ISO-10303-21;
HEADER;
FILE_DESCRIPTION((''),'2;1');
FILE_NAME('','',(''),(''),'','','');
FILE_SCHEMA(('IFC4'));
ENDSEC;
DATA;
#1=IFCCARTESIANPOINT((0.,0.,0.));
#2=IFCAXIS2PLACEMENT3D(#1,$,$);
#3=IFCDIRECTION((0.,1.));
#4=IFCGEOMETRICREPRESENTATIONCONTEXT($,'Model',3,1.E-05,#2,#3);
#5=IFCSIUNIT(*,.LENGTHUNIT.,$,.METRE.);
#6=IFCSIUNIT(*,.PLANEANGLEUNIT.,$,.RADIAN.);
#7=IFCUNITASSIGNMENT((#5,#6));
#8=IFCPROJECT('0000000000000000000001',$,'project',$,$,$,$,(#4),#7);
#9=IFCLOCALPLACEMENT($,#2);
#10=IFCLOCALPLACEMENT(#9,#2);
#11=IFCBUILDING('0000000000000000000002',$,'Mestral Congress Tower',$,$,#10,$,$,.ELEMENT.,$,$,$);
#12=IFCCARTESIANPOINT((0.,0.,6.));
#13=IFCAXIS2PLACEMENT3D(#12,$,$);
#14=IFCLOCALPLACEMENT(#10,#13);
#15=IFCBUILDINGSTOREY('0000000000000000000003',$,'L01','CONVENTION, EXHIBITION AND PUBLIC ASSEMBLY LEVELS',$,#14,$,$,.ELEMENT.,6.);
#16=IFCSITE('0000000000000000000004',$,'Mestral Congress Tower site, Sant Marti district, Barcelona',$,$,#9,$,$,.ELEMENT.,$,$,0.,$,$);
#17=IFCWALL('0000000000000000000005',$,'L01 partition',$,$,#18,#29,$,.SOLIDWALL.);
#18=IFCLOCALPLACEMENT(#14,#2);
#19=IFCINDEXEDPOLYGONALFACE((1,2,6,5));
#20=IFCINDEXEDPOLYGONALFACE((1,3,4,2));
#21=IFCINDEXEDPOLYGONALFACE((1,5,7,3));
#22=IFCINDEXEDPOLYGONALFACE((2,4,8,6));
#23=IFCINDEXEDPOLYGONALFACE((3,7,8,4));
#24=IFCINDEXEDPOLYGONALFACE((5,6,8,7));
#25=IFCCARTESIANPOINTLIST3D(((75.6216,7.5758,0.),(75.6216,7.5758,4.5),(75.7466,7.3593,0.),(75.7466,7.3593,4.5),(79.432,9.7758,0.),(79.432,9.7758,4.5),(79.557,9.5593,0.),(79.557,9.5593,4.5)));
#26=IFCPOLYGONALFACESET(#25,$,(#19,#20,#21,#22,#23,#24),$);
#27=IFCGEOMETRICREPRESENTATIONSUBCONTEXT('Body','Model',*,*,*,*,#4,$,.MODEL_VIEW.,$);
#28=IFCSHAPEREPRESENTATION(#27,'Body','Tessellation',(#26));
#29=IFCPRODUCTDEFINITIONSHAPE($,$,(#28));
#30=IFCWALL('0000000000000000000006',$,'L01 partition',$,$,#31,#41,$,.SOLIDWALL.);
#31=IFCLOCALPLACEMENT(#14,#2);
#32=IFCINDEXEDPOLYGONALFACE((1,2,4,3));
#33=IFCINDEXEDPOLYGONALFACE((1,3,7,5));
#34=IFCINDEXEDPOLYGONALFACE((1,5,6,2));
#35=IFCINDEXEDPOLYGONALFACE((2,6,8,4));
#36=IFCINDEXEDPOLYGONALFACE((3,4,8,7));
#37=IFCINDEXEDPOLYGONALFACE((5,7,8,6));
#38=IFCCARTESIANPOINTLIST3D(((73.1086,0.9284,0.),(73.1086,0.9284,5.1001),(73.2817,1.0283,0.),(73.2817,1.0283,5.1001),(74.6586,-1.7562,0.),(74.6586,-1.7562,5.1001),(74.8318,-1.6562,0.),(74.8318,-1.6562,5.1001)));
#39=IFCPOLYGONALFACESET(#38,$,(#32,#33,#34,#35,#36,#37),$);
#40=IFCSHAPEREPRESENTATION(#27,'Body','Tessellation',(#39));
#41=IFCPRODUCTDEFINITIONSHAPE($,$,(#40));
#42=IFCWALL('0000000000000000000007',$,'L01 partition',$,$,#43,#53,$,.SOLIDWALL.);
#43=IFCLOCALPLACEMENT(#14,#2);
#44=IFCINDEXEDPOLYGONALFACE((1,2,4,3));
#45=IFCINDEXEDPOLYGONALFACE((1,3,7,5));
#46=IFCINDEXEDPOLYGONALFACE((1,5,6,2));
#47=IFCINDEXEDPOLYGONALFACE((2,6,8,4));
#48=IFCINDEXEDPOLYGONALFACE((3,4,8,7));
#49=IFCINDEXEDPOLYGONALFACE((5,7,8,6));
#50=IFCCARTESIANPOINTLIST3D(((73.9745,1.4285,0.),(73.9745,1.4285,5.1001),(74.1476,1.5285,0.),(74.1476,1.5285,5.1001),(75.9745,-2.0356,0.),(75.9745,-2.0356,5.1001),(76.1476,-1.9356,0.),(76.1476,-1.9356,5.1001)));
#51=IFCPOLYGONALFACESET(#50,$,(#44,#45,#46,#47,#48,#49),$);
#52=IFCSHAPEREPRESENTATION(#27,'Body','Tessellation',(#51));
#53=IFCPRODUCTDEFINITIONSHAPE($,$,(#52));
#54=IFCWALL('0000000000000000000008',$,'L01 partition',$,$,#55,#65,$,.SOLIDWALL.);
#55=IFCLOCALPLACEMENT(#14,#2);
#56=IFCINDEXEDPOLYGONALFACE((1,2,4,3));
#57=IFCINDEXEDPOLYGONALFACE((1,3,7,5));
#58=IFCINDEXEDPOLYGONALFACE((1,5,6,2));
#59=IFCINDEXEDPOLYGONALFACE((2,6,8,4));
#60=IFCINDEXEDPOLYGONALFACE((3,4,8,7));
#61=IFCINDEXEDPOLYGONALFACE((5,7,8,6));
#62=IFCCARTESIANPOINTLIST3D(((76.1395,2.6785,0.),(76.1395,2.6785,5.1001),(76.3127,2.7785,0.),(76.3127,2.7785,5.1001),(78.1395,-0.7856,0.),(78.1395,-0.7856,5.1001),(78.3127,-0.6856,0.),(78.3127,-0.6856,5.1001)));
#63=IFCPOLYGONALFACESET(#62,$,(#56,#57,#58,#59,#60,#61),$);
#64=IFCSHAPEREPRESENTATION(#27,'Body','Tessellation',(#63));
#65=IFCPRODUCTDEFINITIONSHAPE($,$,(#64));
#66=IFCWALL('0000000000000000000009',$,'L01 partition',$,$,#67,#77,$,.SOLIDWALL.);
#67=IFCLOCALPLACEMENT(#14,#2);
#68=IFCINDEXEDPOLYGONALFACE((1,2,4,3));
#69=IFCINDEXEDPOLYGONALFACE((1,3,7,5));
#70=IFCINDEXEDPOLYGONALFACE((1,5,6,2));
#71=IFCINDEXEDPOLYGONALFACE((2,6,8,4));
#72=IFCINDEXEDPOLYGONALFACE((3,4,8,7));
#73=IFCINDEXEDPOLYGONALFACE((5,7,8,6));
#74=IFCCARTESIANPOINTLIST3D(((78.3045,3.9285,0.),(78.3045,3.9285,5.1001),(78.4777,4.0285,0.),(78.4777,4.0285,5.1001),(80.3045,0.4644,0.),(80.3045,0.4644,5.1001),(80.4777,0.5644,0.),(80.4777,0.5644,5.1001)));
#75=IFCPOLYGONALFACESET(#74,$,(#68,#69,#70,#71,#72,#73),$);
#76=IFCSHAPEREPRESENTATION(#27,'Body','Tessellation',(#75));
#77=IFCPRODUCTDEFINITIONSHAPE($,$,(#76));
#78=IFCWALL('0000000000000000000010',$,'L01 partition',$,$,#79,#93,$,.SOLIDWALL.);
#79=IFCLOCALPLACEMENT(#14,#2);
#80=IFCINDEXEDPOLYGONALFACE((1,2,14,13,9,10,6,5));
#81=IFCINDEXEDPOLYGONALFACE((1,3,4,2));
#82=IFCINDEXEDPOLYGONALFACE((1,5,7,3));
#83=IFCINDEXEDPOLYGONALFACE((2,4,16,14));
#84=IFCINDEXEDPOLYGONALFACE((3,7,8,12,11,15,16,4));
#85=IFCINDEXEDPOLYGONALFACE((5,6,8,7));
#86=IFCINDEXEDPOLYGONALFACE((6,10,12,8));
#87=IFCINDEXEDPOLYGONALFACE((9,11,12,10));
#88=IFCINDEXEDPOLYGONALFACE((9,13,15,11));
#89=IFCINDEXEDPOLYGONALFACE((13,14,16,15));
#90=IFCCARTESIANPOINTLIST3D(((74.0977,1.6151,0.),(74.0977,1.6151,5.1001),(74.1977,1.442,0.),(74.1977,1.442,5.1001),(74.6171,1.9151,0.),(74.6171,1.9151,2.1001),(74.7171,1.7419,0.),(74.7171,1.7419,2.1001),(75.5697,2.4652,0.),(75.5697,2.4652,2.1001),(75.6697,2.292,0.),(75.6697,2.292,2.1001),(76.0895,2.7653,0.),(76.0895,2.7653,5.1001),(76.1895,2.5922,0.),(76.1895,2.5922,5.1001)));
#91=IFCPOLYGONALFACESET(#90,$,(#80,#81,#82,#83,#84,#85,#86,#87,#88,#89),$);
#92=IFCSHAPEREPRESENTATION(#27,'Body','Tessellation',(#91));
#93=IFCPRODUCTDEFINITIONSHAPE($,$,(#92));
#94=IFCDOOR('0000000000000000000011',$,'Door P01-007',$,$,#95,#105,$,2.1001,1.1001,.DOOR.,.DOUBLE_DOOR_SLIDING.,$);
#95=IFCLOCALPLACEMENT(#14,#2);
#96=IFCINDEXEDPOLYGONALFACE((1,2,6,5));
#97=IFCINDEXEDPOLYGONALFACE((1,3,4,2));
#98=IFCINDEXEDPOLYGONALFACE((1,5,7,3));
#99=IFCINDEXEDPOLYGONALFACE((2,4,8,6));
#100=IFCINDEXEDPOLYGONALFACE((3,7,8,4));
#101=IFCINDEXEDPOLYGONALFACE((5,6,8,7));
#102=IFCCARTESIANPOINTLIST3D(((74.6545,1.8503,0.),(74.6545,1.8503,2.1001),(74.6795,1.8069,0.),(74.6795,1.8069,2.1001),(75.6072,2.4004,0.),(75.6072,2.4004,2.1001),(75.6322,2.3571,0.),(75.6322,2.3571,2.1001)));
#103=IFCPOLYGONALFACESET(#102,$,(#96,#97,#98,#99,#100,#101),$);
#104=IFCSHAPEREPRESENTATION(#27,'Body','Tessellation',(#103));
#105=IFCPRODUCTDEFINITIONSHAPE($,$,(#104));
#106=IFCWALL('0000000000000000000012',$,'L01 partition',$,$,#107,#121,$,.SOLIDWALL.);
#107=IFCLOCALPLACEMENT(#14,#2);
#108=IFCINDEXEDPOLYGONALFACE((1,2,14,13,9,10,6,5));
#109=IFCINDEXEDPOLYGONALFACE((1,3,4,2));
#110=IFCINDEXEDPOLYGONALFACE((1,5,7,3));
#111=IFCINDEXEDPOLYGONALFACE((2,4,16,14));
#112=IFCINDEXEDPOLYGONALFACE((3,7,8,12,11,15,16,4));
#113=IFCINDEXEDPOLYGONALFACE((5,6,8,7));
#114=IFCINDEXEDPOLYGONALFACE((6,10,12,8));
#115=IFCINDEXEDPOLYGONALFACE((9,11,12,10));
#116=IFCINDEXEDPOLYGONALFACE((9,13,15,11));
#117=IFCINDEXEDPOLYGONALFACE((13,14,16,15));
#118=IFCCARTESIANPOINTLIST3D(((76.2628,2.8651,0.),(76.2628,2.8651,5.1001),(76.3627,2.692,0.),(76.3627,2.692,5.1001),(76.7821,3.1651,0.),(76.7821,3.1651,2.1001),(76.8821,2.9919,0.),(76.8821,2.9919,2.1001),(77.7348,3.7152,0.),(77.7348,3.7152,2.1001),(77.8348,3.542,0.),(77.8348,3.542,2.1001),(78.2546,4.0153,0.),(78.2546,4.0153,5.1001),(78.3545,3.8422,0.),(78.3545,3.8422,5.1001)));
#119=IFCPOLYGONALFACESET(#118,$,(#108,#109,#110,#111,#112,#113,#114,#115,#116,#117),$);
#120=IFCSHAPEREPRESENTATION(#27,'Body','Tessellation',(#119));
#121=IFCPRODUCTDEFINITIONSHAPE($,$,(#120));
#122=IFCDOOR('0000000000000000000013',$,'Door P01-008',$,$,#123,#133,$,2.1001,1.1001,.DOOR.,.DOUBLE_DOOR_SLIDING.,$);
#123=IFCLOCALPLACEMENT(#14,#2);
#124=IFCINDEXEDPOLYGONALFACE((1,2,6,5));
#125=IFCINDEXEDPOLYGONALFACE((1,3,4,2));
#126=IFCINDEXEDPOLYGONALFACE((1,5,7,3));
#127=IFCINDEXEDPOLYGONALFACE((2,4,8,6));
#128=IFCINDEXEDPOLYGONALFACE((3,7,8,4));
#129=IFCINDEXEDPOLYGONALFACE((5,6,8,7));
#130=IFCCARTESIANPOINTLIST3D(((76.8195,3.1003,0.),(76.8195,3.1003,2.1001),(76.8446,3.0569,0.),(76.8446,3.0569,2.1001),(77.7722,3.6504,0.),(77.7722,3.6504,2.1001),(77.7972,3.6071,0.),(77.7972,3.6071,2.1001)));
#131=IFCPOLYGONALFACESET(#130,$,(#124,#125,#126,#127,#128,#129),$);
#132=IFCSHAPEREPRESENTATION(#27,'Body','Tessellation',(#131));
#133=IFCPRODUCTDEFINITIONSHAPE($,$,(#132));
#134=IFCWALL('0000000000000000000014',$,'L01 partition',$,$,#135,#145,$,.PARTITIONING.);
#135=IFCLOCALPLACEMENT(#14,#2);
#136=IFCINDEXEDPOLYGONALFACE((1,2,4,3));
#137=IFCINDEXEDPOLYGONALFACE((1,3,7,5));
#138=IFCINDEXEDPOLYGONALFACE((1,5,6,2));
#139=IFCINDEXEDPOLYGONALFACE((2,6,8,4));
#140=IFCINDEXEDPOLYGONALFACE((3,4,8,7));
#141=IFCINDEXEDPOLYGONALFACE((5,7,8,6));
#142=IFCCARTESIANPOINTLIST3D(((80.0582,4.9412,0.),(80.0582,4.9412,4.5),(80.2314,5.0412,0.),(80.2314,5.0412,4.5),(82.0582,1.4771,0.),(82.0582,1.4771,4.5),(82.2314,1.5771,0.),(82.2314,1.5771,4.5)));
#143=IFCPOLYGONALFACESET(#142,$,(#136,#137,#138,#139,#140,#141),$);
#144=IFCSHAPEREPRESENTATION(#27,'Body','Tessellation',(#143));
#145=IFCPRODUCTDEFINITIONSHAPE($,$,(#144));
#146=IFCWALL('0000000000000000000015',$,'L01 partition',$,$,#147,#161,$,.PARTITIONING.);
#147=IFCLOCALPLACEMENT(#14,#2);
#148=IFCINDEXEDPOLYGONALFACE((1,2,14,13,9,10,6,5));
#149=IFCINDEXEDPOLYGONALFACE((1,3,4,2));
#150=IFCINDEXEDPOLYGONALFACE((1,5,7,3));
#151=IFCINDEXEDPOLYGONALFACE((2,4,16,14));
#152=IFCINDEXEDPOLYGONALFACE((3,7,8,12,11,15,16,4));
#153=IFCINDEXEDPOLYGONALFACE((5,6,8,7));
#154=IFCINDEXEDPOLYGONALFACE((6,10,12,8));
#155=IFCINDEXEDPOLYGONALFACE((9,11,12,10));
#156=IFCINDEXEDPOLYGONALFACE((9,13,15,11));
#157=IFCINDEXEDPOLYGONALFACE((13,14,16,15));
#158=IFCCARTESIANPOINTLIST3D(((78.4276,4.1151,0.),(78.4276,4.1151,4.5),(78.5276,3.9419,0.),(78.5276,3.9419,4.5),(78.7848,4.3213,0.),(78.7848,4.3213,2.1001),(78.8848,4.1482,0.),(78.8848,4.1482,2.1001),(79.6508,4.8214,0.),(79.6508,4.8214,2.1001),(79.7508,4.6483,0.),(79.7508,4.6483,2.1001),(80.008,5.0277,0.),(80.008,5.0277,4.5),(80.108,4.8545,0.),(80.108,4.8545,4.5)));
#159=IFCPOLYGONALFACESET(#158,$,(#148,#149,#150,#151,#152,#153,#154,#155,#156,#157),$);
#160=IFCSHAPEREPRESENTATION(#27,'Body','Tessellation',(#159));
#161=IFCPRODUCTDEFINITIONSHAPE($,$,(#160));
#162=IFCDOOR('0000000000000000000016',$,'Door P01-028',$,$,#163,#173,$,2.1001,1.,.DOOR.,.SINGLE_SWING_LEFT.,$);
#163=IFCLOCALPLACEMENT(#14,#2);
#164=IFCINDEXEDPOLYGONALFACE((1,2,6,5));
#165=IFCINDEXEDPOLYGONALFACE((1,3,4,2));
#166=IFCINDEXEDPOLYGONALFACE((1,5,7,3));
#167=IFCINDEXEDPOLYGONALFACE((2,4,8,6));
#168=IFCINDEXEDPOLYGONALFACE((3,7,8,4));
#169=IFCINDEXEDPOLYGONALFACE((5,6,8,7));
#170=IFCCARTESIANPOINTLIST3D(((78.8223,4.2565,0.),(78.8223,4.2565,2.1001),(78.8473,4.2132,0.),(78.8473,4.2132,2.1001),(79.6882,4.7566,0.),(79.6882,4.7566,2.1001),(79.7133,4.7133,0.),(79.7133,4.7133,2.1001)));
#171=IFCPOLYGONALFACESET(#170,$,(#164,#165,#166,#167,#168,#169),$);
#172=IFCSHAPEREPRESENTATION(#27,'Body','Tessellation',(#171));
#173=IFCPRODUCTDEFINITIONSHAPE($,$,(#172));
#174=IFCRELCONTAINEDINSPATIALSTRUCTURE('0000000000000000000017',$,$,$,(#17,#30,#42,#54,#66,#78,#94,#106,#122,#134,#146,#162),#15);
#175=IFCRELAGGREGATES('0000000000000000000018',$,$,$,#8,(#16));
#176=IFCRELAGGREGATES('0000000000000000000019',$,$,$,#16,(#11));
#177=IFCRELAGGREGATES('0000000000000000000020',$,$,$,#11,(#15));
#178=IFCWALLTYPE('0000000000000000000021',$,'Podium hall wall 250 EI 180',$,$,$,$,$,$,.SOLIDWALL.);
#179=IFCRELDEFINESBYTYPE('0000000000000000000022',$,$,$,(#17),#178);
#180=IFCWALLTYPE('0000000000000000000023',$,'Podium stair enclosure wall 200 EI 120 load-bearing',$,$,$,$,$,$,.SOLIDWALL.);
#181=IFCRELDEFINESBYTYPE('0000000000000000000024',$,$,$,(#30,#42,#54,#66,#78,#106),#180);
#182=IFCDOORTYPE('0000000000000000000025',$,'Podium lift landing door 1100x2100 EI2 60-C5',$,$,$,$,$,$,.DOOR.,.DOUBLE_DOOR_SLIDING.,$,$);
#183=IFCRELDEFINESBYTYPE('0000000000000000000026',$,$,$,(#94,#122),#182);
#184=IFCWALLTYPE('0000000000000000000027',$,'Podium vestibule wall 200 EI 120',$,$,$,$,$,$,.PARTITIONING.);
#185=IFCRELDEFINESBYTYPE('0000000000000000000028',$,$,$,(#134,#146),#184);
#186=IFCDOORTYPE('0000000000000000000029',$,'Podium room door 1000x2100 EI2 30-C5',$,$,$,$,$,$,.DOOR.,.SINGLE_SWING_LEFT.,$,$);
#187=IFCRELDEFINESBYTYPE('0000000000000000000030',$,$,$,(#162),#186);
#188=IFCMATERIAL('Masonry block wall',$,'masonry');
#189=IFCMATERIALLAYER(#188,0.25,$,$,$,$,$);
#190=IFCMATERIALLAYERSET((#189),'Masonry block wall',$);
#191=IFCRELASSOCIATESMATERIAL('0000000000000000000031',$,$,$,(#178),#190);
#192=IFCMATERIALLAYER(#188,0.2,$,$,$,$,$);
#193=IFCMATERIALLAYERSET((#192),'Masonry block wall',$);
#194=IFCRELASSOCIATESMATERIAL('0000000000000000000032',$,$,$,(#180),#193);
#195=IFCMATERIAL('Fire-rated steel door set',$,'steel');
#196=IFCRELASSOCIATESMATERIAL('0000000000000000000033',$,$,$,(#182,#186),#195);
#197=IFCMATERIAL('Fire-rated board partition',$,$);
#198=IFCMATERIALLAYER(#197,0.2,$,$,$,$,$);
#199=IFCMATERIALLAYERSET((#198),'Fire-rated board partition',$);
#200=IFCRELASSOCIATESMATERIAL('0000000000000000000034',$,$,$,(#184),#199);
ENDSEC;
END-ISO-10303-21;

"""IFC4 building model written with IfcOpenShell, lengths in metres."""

from ifc_helpers import new_model, si_unit, direction, frame, frame_2d, origin, place, context, subcontext, project, spatial, rectangle, extrude, material, layer, layer_set, type_object, element, fill, save


model = new_model("IFC4")

# Units and contexts
model_context = context("Model", 3, precision=1e-05, world=origin(), true_north=direction((0.0, 1.0)))
body_context = subcontext(model_context, "Body", "Model", "MODEL_VIEW")
ifc_project = project(units=[si_unit("LENGTHUNIT", "METRE"), si_unit("PLANEANGLEUNIT", "RADIAN")], contexts=[model_context])

# Site, building, storey
site_placement = place(None, origin())
site = spatial("IfcSite", under=ifc_project, at=site_placement, Name="Mestral Congress Tower site, Sant Marti district, Barcelona", CompositionType="ELEMENT", RefElevation=0.0)
building_placement = place(site_placement, origin())
building = spatial("IfcBuilding", under=site, at=building_placement, Name="Mestral Congress Tower", CompositionType="ELEMENT")
storey_placement = place(building_placement, frame((0.0, 0.0, 6.0)))
storey = spatial("IfcBuildingStorey", under=building, at=storey_placement, Name="L01", Description="CONVENTION, EXHIBITION AND PUBLIC ASSEMBLY LEVELS", CompositionType="ELEMENT", Elevation=6.0)

# Shared definitions
ifc_material_1 = material(Name="Masonry block wall", Category="masonry")
ifc_layer_1 = layer(ifc_material_1, 0.25)
ifc_layer_set_1 = layer_set([ifc_layer_1], Name="Masonry block wall")
wall_type_1 = type_object("IfcWallType", Name="Podium hall wall 250 EI 180", PredefinedType="SOLIDWALL", material=ifc_layer_set_1)
ifc_material_2 = material(Name="Fire-rated steel door set", Category="steel")

# Walls
wall_1_placement = place(storey_placement, frame((75.6841, 7.4675, 0.0), z_axis=(0.0, 0.0, 1.0), x_axis=(0.866018, 0.500012, 0.0)))
element("IfcWall", 1, at=wall_1_placement, inside=storey, type_object=wall_type_1, Name="L01 partition", PredefinedType="SOLIDWALL", context=body_context, shape_type="SweptSolid", body=[
    extrude(rectangle(XDim=4.3999, YDim=0.25, at=frame_2d((2.2, 0.0))), origin(), (0.0, 0.0, 1.0), 4.5),
])
ifc_layer_2 = layer(ifc_material_1, 0.2)
ifc_layer_set_2 = layer_set([ifc_layer_2], Name="Masonry block wall")
wall_type_2 = type_object("IfcWallType", Name="Podium stair enclosure wall 200 EI 120 load-bearing", PredefinedType="SOLIDWALL", material=ifc_layer_set_2)
wall_2_placement = place(storey_placement, frame((74.7451, -1.7061, 0.0), z_axis=(0.0, 0.0, 1.0), x_axis=(-0.500027, 0.86601, 0.0)))
element("IfcWall", 2, at=wall_2_placement, inside=storey, type_object=wall_type_2, Name="L01 partition", PredefinedType="SOLIDWALL", context=body_context, shape_type="SweptSolid", body=[
    extrude(rectangle(XDim=3.0999, YDim=0.2, at=frame_2d((1.5498, 0.0))), origin(), (0.0, 0.0, 1.0), 5.1001),
])
for number, where, z_axis, x_axis, name in (
    (3, (76.061, -1.9856, 0.0), (0.0, 0.0, 1.0), (-0.499999, 0.866026, 0.0), "L01 partition"),
    (4, (78.2261, -0.7356, 0.0), (0.0, 0.0, 1.0), (-0.499999, 0.866026, 0.0), "L01 partition"),
    (5, (80.3911, 0.5144, 0.0), (0.0, 0.0, 1.0), (-0.499999, 0.866026, 0.0), "L01 partition"),
):
    element("IfcWall", number, at=place(storey_placement, frame(where, z_axis=z_axis, x_axis=x_axis)), inside=storey, type_object=wall_type_2, Name=name, PredefinedType="SOLIDWALL", context=body_context, shape_type="SweptSolid", body=[
        extrude(rectangle(XDim=4.0, YDim=0.2, at=frame_2d((2.0, 0.0))), origin(), (0.0, 0.0, 1.0), 5.1001),
    ])

# Walls, openings, doors
wall_3_placement = place(storey_placement, frame((76.1394, 2.6787, 0.0), z_axis=(0.0, 0.0, 1.0), x_axis=(-0.865981, -0.500078, 0.0)))
wall_3 = element("IfcWall", 6, at=wall_3_placement, inside=storey, type_object=wall_type_2, Name="L01 partition", PredefinedType="SOLIDWALL", context=body_context, shape_type="SweptSolid", body=[
    extrude(rectangle(XDim=2.3, YDim=0.2, at=frame_2d((1.1499, 0.0))), origin(), (0.0, 0.0, 1.0), 5.1001),
])
opening_1_placement = place(wall_3_placement, frame((0.6001, 0.0, 0.0)))
opening_1 = element("IfcOpeningElement", 7, at=opening_1_placement, cuts=wall_3, PredefinedType="OPENING", context=body_context, shape_type="SweptSolid", body=[
    extrude(rectangle(XDim=1.1001, YDim=2.1001, at=frame_2d((0.55, 1.05))), frame((0.0, 0.1099, 0.0), z_axis=(0.0, -1.0, 0.0), x_axis=(1.0, 0.0, 0.0)), (0.0, 0.0, 1.0), 0.22),
])
door_type_1 = type_object("IfcDoorType", Name="Podium lift landing door 1100x2100 EI2 60-C5", OperationType="DOUBLE_DOOR_SLIDING", PredefinedType="DOOR", material=ifc_material_2)
door_1_placement = place(opening_1_placement, origin())
door_1 = element("IfcDoor", 8, at=door_1_placement, inside=storey, type_object=door_type_1, Name="Door P01-007", OperationType="DOUBLE_DOOR_SLIDING", OverallHeight=2.1001, OverallWidth=1.1001, PredefinedType="DOOR", context=body_context, shape_type="SweptSolid", body=[
    extrude(rectangle(XDim=1.1001, YDim=2.1001, at=frame_2d((0.55, 1.05))), frame((0.0, 0.0249, 0.0), z_axis=(0.0, -1.0, 0.0), x_axis=(1.0, 0.0, 0.0)), (0.0, 0.0, 1.0), 0.05),
])
fill(opening_1, door_1)
wall_4_placement = place(storey_placement, frame((78.3044, 3.9287, 0.0), z_axis=(0.0, 0.0, 1.0), x_axis=(-0.865981, -0.500078, 0.0)))
wall_4 = element("IfcWall", 9, at=wall_4_placement, inside=storey, type_object=wall_type_2, Name="L01 partition", PredefinedType="SOLIDWALL", context=body_context, shape_type="SweptSolid", body=[
    extrude(rectangle(XDim=2.3, YDim=0.2, at=frame_2d((1.1499, 0.0))), origin(), (0.0, 0.0, 1.0), 5.1001),
])
opening_2_placement = place(wall_4_placement, frame((0.6001, 0.0, 0.0)))
opening_2 = element("IfcOpeningElement", 10, at=opening_2_placement, cuts=wall_4, PredefinedType="OPENING", context=body_context, shape_type="SweptSolid", body=[
    extrude(rectangle(XDim=1.1001, YDim=2.1001, at=frame_2d((0.55, 1.05))), frame((0.0, 0.1099, 0.0), z_axis=(0.0, -1.0, 0.0), x_axis=(1.0, 0.0, 0.0)), (0.0, 0.0, 1.0), 0.22),
])
door_2_placement = place(opening_2_placement, origin())
door_2 = element("IfcDoor", 11, at=door_2_placement, inside=storey, type_object=door_type_1, Name="Door P01-008", OperationType="DOUBLE_DOOR_SLIDING", OverallHeight=2.1001, OverallWidth=1.1001, PredefinedType="DOOR", context=body_context, shape_type="SweptSolid", body=[
    extrude(rectangle(XDim=1.1001, YDim=2.1001, at=frame_2d((0.55, 1.05))), frame((0.0, 0.0249, 0.0), z_axis=(0.0, -1.0, 0.0), x_axis=(1.0, 0.0, 0.0)), (0.0, 0.0, 1.0), 0.05),
])
fill(opening_2, door_2)

# Wall
ifc_material_3 = material(Name="Fire-rated board partition")
ifc_layer_3 = layer(ifc_material_3, 0.2)
ifc_layer_set_3 = layer_set([ifc_layer_3], Name="Fire-rated board partition")
wall_type_3 = type_object("IfcWallType", Name="Podium vestibule wall 200 EI 120", PredefinedType="PARTITIONING", material=ifc_layer_set_3)
wall_5_placement = place(storey_placement, frame((82.1448, 1.5271, 0.0), z_axis=(0.0, 0.0, 1.0), x_axis=(-0.499999, 0.866026, 0.0)))
element("IfcWall", 12, at=wall_5_placement, inside=storey, type_object=wall_type_3, Name="L01 partition", PredefinedType="PARTITIONING", context=body_context, shape_type="SweptSolid", body=[
    extrude(rectangle(XDim=4.0, YDim=0.2, at=frame_2d((2.0, 0.0))), origin(), (0.0, 0.0, 1.0), 4.5),
])

# Wall, opening, door
wall_6_placement = place(storey_placement, frame((80.0581, 4.9412, 0.0), z_axis=(0.0, 0.0, 1.0), x_axis=(-0.865978, -0.500081, 0.0)))
wall_6 = element("IfcWall", 13, at=wall_6_placement, inside=storey, type_object=wall_type_3, Name="L01 partition", PredefinedType="PARTITIONING", context=body_context, shape_type="SweptSolid", body=[
    extrude(rectangle(XDim=1.825, YDim=0.2, at=frame_2d((0.9126, 0.0))), origin(), (0.0, 0.0, 1.0), 4.5),
])
opening_3_placement = place(wall_6_placement, frame((0.4126, 0.0, 0.0)))
opening_3 = element("IfcOpeningElement", 14, at=opening_3_placement, cuts=wall_6, PredefinedType="OPENING", context=body_context, shape_type="SweptSolid", body=[
    extrude(rectangle(XDim=1.0, YDim=2.1001, at=frame_2d((0.5, 1.05))), frame((0.0, 0.1099, 0.0), z_axis=(0.0, -1.0, 0.0), x_axis=(1.0, 0.0, 0.0)), (0.0, 0.0, 1.0), 0.22),
])
door_type_2 = type_object("IfcDoorType", Name="Podium room door 1000x2100 EI2 30-C5", OperationType="SINGLE_SWING_LEFT", PredefinedType="DOOR", material=ifc_material_2)
door_3_placement = place(opening_3_placement, origin())
door_3 = element("IfcDoor", 15, at=door_3_placement, inside=storey, type_object=door_type_2, Name="Door P01-028", OperationType="SINGLE_SWING_LEFT", OverallHeight=2.1001, OverallWidth=1.0, PredefinedType="DOOR", context=body_context, shape_type="SweptSolid", body=[
    extrude(rectangle(XDim=1.0, YDim=2.1001, at=frame_2d((0.5, 1.05))), frame((0.0, 0.0249, 0.0), z_axis=(0.0, -1.0, 0.0), x_axis=(1.0, 0.0, 0.0)), (0.0, 0.0, 1.0), 0.05),
])
fill(opening_3, door_3)

save(model, "model.ifc")
